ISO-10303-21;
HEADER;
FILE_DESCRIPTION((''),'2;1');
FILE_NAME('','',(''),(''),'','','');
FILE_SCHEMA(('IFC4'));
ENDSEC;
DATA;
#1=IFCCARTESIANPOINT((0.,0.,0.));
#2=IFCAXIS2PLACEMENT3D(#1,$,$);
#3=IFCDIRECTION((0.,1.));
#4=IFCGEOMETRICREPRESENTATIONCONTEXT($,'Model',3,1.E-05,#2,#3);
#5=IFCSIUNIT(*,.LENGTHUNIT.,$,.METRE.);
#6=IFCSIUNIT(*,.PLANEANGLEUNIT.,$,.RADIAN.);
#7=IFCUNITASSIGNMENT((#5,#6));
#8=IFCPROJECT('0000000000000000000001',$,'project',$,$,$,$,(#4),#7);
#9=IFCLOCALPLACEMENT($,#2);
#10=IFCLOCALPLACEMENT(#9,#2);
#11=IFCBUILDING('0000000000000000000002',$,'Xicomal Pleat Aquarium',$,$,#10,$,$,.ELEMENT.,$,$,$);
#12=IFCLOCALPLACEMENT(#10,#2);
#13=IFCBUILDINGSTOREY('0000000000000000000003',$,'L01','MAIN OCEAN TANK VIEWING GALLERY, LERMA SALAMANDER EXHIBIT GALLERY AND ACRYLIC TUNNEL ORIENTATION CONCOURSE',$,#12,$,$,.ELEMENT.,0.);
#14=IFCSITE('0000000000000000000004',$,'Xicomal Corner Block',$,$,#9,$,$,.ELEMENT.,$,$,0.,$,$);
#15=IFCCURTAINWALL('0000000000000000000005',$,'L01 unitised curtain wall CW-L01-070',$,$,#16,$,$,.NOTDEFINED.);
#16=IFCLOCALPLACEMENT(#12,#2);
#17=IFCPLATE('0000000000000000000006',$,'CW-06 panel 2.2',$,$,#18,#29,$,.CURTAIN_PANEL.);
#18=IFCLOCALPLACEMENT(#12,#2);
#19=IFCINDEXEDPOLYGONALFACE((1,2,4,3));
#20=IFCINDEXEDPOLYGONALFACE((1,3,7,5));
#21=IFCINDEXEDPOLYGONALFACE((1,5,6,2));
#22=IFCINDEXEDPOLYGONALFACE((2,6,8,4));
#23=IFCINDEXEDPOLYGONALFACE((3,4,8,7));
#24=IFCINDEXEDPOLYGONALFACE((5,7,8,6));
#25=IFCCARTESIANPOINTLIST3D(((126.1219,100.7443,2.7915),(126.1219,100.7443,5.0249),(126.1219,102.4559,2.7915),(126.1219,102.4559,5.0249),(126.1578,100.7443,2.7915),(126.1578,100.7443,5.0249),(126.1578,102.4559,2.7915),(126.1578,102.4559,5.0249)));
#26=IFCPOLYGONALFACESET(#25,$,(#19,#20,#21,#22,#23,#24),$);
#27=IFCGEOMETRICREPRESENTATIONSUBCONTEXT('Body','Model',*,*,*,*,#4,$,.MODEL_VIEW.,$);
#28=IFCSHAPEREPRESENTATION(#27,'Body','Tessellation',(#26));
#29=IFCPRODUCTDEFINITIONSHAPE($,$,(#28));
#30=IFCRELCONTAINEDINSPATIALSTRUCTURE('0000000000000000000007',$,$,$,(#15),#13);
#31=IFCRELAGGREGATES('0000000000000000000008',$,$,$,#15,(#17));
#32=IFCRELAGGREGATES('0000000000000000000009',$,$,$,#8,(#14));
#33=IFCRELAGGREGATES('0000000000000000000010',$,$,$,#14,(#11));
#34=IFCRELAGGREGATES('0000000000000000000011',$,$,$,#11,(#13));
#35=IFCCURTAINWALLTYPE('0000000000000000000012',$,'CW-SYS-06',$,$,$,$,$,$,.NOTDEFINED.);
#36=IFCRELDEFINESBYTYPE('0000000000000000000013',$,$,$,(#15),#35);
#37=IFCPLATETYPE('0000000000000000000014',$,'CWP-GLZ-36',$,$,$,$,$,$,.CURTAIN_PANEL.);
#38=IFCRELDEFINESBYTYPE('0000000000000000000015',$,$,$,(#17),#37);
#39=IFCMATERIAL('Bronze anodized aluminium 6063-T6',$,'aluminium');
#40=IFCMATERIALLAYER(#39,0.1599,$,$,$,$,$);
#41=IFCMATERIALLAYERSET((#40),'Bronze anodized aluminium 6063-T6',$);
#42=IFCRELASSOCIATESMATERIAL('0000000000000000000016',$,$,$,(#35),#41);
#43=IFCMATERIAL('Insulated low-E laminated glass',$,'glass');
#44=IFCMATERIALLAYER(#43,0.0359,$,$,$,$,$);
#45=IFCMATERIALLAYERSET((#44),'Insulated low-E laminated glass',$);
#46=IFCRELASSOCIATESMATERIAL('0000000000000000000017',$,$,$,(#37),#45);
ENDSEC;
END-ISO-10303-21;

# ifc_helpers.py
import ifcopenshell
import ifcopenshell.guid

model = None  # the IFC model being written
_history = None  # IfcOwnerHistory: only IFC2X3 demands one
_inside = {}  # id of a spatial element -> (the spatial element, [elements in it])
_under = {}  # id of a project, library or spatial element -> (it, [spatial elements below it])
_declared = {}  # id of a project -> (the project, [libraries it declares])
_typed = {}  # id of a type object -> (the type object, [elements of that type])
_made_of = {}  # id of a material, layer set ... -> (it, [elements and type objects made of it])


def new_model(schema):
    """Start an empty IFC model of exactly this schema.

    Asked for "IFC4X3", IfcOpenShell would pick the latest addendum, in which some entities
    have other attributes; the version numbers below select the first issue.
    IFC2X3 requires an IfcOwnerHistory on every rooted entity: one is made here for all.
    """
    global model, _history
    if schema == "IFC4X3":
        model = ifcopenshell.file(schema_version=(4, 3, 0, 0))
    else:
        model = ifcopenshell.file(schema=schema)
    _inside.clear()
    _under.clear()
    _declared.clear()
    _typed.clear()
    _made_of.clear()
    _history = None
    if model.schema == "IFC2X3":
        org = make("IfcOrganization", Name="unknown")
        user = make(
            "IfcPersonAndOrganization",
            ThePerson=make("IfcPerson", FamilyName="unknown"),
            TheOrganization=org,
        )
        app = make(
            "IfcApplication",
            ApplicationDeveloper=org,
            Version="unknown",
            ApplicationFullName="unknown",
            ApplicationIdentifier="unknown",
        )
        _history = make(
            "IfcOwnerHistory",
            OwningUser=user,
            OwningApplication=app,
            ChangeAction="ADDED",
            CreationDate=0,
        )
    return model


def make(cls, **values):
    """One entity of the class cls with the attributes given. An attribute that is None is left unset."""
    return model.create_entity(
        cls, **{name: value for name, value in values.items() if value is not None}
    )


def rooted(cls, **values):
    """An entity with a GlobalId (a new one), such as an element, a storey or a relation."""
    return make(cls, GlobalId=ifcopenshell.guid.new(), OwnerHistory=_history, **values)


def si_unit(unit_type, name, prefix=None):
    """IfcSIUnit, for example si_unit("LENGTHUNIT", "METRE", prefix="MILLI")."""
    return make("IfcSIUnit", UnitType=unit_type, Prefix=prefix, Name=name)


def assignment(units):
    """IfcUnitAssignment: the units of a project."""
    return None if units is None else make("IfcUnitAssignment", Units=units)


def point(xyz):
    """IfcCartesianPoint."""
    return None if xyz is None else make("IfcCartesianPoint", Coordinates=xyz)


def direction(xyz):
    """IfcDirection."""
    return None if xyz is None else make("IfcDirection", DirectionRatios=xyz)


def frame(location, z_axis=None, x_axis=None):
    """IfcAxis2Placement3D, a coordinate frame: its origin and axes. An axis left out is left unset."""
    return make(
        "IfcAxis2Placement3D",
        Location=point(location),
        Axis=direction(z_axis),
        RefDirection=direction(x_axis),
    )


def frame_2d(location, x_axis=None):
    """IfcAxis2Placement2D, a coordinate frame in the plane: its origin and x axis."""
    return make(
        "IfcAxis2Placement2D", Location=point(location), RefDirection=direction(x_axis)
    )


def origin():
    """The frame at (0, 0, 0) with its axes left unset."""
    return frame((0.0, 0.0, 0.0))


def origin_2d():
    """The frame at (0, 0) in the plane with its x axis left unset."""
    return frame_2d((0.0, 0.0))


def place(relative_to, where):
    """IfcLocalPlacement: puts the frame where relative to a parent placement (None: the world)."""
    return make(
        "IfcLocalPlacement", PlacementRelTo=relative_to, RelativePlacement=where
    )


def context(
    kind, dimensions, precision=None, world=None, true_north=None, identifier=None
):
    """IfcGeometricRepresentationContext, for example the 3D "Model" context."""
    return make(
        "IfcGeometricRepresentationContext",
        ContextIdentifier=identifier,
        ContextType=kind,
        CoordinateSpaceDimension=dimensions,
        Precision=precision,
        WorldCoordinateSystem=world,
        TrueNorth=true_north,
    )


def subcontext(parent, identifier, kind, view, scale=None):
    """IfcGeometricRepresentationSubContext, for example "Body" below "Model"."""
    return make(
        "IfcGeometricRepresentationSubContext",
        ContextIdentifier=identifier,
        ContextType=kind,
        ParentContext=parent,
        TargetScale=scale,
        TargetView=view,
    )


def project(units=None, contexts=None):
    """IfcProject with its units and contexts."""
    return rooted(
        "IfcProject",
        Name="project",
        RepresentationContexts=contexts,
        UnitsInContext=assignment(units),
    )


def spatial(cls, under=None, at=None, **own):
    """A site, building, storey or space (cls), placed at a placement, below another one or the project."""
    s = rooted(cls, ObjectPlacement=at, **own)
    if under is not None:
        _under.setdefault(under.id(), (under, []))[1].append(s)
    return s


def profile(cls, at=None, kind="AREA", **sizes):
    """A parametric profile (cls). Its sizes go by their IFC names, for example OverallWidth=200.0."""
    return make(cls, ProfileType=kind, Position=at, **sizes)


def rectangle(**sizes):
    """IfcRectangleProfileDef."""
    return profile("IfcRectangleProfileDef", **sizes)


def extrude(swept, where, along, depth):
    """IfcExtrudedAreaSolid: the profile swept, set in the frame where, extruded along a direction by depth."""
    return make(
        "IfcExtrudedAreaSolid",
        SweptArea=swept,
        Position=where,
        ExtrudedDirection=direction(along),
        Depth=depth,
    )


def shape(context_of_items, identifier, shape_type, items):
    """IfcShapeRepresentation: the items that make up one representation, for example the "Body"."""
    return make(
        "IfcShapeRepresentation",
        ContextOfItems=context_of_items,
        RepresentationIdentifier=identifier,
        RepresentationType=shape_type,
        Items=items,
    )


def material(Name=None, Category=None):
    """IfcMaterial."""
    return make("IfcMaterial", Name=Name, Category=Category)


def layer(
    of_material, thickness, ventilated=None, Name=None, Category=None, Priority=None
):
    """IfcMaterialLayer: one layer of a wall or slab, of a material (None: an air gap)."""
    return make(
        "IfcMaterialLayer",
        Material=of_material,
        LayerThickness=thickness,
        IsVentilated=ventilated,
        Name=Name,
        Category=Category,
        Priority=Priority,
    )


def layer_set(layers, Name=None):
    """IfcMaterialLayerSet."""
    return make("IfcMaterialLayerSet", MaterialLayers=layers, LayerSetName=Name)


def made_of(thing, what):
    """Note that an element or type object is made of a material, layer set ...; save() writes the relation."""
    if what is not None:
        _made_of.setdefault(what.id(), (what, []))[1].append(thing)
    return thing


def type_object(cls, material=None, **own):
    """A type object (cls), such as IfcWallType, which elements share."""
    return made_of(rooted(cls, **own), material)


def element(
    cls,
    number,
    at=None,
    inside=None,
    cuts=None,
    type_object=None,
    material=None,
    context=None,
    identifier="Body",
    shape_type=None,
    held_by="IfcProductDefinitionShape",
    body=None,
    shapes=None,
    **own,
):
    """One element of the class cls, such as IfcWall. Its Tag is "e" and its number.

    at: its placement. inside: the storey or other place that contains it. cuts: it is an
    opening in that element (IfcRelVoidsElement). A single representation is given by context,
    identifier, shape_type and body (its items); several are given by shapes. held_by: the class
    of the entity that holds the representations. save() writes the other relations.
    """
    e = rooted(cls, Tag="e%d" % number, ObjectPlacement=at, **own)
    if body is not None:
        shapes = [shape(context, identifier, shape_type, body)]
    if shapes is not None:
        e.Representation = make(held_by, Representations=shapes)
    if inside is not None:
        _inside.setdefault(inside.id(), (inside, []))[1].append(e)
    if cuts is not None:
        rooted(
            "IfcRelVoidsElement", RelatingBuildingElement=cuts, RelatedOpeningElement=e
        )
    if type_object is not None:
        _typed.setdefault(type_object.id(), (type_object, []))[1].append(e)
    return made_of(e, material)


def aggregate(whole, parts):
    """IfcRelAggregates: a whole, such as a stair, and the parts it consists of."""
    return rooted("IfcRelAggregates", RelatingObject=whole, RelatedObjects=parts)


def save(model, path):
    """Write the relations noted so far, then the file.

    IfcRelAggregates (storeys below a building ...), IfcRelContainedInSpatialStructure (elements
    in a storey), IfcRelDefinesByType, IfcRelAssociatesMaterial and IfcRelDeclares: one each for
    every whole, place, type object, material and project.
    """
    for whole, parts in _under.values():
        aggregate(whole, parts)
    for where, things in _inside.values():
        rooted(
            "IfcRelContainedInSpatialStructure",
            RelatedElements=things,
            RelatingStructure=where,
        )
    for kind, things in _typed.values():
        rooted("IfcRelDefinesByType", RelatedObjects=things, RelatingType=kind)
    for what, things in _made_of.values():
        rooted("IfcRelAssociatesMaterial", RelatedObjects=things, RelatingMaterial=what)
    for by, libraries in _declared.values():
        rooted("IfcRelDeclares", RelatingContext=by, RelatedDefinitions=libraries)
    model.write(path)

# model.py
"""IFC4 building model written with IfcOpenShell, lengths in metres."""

from ifc_helpers import new_model, si_unit, direction, frame, origin, origin_2d, place, context, subcontext, project, spatial, rectangle, extrude, material, layer, layer_set, type_object, element, aggregate, save


model = new_model("IFC4")

# Units and contexts
model_context = context("Model", 3, precision=1e-05, world=origin(), true_north=direction((0.0, 1.0)))
body_context = subcontext(model_context, "Body", "Model", "MODEL_VIEW")
ifc_project = project(units=[si_unit("LENGTHUNIT", "METRE"), si_unit("PLANEANGLEUNIT", "RADIAN")], contexts=[model_context])

# Site, building, storey
site_placement = place(None, origin())
site = spatial("IfcSite", under=ifc_project, at=site_placement, Name="Xicomal Corner Block", CompositionType="ELEMENT", RefElevation=0.0)
building_placement = place(site_placement, origin())
building = spatial("IfcBuilding", under=site, at=building_placement, Name="Xicomal Pleat Aquarium", CompositionType="ELEMENT")
storey_placement = place(building_placement, origin())
storey = spatial("IfcBuildingStorey", under=building, at=storey_placement, Name="L01", Description="MAIN OCEAN TANK VIEWING GALLERY, LERMA SALAMANDER EXHIBIT GALLERY AND ACRYLIC TUNNEL ORIENTATION CONCOURSE", CompositionType="ELEMENT", Elevation=0.0)

# Curtain wall
ifc_material_1 = material(Name="Bronze anodized aluminium 6063-T6", Category="aluminium")
ifc_layer_1 = layer(ifc_material_1, 0.1599)
ifc_layer_set_1 = layer_set([ifc_layer_1], Name="Bronze anodized aluminium 6063-T6")
curtain_wall_type_1 = type_object("IfcCurtainWallType", Name="CW-SYS-06", PredefinedType="NOTDEFINED", material=ifc_layer_set_1)
curtain_wall_1_placement = place(storey_placement, origin())
curtain_wall_1 = element("IfcCurtainWall", 1, at=curtain_wall_1_placement, inside=storey, type_object=curtain_wall_type_1, Name="L01 unitised curtain wall CW-L01-070", PredefinedType="NOTDEFINED")

# Plate
ifc_material_2 = material(Name="Insulated low-E laminated glass", Category="glass")
ifc_layer_2 = layer(ifc_material_2, 0.0359)
ifc_layer_set_2 = layer_set([ifc_layer_2], Name="Insulated low-E laminated glass")
plate_type_1 = type_object("IfcPlateType", Name="CWP-GLZ-36", PredefinedType="CURTAIN_PANEL", material=ifc_layer_set_2)
plate_1_placement = place(storey_placement, frame((126.1399, 101.6001, 2.7915), z_axis=(0.0, 0.0, 1.0), x_axis=(0.0, 1.0, 0.0)))
plate_1 = element("IfcPlate", 2, at=plate_1_placement, type_object=plate_type_1, Name="CW-06 panel 2.2", PredefinedType="CURTAIN_PANEL", context=body_context, shape_type="SweptSolid", body=[
    extrude(rectangle(XDim=1.7117, YDim=0.0359, at=origin_2d()), origin(), (0.0, 0.0, 1.0), 2.2334),
])
aggregate(curtain_wall_1, [plate_1])

save(model, "model.ifc")
